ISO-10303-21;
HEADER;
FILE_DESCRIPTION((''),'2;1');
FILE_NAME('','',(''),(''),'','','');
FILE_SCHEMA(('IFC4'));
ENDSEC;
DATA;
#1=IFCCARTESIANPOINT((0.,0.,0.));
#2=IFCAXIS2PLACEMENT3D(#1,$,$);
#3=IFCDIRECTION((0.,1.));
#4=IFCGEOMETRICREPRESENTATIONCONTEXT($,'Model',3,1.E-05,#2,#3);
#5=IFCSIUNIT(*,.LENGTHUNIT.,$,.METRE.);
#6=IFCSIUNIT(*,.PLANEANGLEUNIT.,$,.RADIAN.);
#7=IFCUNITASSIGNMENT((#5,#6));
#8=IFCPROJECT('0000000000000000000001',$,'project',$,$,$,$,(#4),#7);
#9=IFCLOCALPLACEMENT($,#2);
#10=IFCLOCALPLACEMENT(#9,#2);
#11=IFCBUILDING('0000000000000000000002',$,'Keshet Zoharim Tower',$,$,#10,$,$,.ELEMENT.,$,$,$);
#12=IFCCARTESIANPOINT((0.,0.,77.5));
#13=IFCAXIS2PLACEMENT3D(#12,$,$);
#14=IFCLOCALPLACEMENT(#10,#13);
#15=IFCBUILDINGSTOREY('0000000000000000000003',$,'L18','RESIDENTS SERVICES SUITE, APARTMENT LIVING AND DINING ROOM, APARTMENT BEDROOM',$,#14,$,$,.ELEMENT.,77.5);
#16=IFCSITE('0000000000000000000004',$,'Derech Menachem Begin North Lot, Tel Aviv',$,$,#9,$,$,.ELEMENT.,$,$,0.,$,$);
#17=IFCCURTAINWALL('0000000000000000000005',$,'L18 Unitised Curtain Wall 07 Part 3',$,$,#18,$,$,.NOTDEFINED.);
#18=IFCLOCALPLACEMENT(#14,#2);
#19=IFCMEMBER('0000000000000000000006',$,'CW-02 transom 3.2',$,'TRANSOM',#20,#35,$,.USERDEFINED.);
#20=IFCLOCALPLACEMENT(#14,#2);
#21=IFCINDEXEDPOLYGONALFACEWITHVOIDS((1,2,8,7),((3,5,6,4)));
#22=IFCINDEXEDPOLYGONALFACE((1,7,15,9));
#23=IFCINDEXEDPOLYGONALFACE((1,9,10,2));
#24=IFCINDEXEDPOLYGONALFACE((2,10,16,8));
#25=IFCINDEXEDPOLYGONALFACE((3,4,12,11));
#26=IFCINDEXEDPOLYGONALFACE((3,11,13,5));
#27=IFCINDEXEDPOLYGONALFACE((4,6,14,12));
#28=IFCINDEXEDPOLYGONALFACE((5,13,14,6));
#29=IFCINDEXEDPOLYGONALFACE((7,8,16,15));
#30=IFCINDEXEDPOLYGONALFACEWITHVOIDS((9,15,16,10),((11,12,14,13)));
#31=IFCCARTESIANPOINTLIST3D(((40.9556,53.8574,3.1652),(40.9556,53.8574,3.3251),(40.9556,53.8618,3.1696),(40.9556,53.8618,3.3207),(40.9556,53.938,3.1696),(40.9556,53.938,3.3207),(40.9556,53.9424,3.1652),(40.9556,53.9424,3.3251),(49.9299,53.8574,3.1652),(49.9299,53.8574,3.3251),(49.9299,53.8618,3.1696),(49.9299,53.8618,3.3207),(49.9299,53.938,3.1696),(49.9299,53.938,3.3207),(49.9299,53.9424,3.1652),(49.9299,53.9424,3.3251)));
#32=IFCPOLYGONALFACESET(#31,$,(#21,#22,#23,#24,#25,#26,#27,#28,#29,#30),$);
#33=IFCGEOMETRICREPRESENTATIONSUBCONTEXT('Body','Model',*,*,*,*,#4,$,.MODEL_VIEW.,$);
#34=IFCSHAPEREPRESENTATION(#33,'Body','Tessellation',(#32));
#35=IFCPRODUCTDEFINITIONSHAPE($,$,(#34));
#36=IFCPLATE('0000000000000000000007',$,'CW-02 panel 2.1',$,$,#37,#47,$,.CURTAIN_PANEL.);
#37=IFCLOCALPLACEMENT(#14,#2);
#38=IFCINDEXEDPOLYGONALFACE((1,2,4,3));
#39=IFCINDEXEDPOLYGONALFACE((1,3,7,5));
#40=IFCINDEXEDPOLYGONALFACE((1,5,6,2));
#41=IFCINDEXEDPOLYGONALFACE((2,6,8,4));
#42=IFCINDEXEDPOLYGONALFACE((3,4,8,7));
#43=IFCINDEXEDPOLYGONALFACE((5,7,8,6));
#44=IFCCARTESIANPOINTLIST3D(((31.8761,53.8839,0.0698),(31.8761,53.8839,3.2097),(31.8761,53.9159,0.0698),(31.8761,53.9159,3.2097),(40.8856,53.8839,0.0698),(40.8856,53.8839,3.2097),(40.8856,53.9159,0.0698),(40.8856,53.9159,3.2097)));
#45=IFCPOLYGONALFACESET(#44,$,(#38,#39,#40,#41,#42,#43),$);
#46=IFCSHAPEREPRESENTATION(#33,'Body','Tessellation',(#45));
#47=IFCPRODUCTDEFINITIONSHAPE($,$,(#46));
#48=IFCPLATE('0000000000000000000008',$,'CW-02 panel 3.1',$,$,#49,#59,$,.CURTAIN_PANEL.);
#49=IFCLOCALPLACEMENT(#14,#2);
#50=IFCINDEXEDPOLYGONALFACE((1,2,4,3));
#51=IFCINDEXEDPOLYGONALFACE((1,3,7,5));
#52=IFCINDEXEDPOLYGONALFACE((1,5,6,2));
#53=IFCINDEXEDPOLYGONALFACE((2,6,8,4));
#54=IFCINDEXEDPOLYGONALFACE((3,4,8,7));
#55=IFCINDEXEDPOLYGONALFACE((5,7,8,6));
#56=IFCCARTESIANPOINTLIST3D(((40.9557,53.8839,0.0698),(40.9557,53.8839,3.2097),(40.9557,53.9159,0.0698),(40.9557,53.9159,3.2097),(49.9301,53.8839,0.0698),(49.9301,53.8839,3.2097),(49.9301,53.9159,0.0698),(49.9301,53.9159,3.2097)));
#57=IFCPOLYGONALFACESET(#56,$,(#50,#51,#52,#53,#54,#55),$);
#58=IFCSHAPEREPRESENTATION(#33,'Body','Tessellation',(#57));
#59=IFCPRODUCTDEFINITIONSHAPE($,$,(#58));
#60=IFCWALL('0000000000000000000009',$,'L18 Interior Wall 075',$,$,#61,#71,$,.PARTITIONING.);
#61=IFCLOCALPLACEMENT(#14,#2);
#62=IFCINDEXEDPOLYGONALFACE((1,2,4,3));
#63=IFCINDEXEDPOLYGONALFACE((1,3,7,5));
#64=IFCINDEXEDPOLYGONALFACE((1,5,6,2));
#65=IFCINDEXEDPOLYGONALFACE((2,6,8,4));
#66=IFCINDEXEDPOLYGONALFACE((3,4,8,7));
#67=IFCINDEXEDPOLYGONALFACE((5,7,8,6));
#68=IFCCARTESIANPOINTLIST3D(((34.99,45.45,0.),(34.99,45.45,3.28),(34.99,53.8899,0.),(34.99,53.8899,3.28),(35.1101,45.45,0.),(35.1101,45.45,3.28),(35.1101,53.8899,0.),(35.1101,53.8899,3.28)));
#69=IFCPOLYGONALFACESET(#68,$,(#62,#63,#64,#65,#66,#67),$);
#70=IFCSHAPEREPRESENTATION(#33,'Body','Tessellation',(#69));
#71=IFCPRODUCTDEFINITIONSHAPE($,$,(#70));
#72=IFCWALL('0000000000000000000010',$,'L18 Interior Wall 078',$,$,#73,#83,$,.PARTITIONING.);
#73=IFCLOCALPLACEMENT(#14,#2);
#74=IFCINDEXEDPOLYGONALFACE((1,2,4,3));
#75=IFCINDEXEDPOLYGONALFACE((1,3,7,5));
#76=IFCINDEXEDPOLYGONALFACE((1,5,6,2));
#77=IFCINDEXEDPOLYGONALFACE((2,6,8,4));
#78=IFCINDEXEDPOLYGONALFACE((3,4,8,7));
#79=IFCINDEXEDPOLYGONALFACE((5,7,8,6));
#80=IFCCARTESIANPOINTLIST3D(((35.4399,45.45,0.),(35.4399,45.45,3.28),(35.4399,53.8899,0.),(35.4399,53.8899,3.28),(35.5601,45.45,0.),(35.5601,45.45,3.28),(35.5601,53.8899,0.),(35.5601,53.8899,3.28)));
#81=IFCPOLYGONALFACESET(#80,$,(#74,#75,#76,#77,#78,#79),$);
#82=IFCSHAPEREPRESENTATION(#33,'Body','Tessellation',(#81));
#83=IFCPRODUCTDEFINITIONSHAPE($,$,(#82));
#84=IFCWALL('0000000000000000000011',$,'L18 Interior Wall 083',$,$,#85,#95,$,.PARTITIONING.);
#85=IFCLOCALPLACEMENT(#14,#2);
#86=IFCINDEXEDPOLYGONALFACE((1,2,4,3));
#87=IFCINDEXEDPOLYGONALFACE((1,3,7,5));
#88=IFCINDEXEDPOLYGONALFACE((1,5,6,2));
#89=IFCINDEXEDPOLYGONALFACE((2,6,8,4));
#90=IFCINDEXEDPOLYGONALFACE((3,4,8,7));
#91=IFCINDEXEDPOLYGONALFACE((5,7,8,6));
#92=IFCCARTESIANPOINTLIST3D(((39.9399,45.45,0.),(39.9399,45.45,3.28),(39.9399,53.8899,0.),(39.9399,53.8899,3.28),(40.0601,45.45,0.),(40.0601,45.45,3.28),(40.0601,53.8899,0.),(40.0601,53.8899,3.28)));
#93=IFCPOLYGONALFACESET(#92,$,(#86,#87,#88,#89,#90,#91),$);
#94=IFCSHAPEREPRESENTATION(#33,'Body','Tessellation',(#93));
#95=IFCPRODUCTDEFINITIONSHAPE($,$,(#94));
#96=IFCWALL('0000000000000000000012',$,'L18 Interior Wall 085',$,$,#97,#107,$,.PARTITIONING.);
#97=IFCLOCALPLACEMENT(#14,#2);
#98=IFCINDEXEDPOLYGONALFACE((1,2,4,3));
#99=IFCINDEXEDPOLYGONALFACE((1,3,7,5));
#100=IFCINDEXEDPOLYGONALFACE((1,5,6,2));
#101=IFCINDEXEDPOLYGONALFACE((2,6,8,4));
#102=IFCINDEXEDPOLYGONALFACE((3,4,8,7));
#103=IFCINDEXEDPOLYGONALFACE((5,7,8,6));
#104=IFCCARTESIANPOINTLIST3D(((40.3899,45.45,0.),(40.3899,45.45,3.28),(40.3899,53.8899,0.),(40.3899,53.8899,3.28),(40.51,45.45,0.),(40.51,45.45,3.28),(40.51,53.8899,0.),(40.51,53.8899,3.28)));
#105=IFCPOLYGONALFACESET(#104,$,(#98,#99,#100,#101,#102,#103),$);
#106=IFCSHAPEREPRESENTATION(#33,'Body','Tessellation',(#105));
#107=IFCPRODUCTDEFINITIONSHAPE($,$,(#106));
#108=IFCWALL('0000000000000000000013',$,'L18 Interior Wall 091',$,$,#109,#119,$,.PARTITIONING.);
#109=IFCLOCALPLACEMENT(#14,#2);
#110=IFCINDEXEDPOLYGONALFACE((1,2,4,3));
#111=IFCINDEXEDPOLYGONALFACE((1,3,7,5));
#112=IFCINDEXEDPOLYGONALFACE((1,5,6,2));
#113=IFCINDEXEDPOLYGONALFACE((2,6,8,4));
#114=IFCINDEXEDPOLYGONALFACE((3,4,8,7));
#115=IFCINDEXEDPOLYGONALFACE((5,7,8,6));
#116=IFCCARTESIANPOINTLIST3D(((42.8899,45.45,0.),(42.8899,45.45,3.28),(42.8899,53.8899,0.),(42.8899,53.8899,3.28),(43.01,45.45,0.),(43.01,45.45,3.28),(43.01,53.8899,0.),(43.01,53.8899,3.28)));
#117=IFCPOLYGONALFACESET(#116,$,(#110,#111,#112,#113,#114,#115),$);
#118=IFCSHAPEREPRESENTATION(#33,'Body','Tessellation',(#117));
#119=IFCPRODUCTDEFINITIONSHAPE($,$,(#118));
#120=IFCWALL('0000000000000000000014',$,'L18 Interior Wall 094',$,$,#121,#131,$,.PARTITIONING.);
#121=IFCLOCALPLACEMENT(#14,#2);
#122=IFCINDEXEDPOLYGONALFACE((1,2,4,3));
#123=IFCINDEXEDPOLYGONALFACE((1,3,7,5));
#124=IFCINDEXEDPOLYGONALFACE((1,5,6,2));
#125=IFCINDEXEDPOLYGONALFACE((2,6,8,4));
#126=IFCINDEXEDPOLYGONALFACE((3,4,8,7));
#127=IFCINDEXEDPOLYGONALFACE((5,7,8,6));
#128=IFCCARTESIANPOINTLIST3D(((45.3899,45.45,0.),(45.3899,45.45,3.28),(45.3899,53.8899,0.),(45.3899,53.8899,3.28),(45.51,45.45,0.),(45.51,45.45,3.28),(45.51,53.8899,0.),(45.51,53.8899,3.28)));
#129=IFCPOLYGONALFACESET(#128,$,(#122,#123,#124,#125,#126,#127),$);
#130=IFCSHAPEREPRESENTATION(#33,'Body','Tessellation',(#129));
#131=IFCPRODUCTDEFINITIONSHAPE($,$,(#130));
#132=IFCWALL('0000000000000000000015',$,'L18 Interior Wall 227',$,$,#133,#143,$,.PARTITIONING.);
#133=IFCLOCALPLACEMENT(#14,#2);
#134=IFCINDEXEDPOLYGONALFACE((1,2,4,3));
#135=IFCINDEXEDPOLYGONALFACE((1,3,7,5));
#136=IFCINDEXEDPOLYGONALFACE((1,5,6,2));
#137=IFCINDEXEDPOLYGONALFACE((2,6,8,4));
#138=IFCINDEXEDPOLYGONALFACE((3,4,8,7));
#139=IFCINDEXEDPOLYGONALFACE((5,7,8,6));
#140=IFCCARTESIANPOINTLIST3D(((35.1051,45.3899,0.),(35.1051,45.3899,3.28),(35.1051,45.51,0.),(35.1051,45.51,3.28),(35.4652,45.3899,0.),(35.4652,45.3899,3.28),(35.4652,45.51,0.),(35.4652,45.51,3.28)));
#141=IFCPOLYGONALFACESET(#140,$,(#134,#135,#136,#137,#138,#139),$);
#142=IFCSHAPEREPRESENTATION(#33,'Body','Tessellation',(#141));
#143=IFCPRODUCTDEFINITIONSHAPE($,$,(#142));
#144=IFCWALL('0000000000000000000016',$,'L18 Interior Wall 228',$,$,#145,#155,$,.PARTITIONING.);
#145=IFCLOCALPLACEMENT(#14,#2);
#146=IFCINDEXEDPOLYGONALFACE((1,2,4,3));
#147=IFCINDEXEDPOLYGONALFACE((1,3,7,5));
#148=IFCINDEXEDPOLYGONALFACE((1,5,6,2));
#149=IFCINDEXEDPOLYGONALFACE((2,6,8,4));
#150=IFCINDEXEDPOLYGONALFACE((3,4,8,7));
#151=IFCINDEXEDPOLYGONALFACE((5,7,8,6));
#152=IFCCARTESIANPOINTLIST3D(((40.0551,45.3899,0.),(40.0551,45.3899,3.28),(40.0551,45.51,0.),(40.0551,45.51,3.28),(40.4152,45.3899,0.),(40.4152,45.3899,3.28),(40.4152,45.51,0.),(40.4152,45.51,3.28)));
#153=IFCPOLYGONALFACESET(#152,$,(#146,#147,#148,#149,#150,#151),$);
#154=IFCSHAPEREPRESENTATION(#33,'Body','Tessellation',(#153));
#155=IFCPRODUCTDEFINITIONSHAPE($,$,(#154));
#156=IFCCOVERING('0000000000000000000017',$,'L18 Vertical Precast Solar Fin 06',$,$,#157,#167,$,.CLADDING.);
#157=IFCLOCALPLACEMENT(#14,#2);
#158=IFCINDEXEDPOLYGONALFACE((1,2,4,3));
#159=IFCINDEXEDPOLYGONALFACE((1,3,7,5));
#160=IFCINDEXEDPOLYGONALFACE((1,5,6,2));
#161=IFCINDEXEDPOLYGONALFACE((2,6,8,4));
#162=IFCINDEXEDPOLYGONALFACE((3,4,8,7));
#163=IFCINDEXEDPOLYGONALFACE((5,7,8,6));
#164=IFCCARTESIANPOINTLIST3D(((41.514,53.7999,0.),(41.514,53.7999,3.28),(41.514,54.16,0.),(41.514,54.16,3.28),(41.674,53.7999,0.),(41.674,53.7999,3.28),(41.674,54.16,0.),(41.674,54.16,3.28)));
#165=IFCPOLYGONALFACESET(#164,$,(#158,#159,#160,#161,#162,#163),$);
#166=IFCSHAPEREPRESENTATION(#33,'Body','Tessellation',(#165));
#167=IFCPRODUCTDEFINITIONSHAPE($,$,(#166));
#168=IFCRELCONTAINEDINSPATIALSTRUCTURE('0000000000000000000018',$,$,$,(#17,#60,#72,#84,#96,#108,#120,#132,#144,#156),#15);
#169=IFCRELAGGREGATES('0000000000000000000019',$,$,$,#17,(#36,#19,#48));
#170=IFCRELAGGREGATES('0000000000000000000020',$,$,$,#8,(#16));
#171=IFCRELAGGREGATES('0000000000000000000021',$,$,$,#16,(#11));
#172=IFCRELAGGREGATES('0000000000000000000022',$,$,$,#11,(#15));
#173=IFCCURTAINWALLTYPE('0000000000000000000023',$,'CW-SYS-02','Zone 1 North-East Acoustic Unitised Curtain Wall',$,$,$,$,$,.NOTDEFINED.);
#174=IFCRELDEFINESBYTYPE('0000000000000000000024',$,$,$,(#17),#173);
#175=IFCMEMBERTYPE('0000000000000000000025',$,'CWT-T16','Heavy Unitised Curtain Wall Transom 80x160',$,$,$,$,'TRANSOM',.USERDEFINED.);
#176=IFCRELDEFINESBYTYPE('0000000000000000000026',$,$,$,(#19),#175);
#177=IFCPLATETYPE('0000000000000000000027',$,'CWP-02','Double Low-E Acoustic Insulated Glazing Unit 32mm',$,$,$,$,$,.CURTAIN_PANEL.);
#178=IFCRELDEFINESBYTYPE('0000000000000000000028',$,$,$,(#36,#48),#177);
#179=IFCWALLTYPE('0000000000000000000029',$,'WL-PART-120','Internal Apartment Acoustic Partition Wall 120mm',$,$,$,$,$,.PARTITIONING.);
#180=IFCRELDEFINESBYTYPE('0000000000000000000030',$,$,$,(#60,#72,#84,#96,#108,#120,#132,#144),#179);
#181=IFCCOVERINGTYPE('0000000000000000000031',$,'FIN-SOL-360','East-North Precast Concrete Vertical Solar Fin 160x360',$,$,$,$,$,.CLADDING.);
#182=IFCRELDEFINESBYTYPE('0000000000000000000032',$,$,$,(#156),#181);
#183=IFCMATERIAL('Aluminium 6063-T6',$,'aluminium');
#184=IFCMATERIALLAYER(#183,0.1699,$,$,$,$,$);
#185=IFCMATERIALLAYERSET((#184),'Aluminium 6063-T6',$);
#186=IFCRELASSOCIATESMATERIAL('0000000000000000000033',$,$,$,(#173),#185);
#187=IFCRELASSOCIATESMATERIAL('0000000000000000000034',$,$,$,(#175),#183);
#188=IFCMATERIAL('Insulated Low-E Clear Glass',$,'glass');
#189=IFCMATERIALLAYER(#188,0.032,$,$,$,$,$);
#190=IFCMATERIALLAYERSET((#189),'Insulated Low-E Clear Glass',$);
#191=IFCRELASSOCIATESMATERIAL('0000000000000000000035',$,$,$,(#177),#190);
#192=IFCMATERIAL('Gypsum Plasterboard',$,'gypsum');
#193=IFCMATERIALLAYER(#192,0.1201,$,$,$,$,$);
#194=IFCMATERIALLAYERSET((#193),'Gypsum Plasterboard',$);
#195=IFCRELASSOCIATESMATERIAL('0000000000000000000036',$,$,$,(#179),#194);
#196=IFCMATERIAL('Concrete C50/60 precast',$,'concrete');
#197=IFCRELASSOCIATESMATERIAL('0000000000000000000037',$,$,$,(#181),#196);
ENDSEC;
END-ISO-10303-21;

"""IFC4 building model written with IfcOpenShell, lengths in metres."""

from ifc_helpers import new_model, si_unit, direction, frame, frame_2d, origin, origin_2d, place, context, subcontext, project, spatial, rectangle, hollow_rectangle, extrude, material, layer, layer_set, material_profile, profile_set, type_object, element, aggregate, save


model = new_model("IFC4")

# Units and contexts
model_context = context("Model", 3, precision=1e-05, world=origin(), true_north=direction((0.0, 1.0)))
body_context = subcontext(model_context, "Body", "Model", "MODEL_VIEW")
ifc_project = project(units=[si_unit("LENGTHUNIT", "METRE"), si_unit("PLANEANGLEUNIT", "RADIAN")], contexts=[model_context])

# Site, building, storey
site_placement = place(None, origin())
site = spatial("IfcSite", under=ifc_project, at=site_placement, Name="Derech Menachem Begin North Lot, Tel Aviv", CompositionType="ELEMENT", RefElevation=0.0)
building_placement = place(site_placement, origin())
building = spatial("IfcBuilding", under=site, at=building_placement, Name="Keshet Zoharim Tower", CompositionType="ELEMENT")
storey_placement = place(building_placement, frame((0.0, 0.0, 77.5)))
storey = spatial("IfcBuildingStorey", under=building, at=storey_placement, Name="L18", Description="RESIDENTS SERVICES SUITE, APARTMENT LIVING AND DINING ROOM, APARTMENT BEDROOM", CompositionType="ELEMENT", Elevation=77.5)

# Curtain wall, member, plates
ifc_material_1 = material(Name="Aluminium 6063-T6", Category="aluminium")
ifc_layer_1 = layer(ifc_material_1, 0.1699)
ifc_layer_set_1 = layer_set([ifc_layer_1], Name="Aluminium 6063-T6")
curtain_wall_type = type_object("IfcCurtainWallType", Name="CW-SYS-02", Description="Zone 1 North-East Acoustic Unitised Curtain Wall", PredefinedType="NOTDEFINED", material=ifc_layer_set_1)
curtain_wall_placement = place(storey_placement, origin())
curtain_wall = element("IfcCurtainWall", 1, at=curtain_wall_placement, inside=storey, type_object=curtain_wall_type, Name="L18 Unitised Curtain Wall 07 Part 3", PredefinedType="NOTDEFINED")
ifc_material_profile_1 = material_profile(ifc_material_1, hollow_rectangle(XDim=0.085, YDim=0.1599, WallThickness=0.0044, at=origin_2d()), Name="TRN-85x160")
ifc_profile_set_1 = profile_set([ifc_material_profile_1], Name="Aluminium 6063-T6")
member_type_1 = type_object("IfcMemberType", Name="CWT-T16", Description="Heavy Unitised Curtain Wall Transom 80x160", ElementType="TRANSOM", PredefinedType="USERDEFINED", material=ifc_profile_set_1)
member_1_placement = place(storey_placement, frame((40.9556, 53.8999, 3.2451), z_axis=(1.0, 0.0, 0.0), x_axis=(0.0, 1.0, 0.0)))
member_1 = element("IfcMember", 2, at=member_1_placement, type_object=member_type_1, Name="CW-02 transom 3.2", ObjectType="TRANSOM", PredefinedType="USERDEFINED", context=body_context, shape_type="SweptSolid", body=[
    extrude(hollow_rectangle(XDim=0.085, YDim=0.1599, WallThickness=0.0044, at=origin_2d()), origin(), (0.0, 0.0, 1.0), 8.9744),
])
ifc_material_2 = material(Name="Insulated Low-E Clear Glass", Category="glass")
ifc_layer_2 = layer(ifc_material_2, 0.032)
ifc_layer_set_2 = layer_set([ifc_layer_2], Name="Insulated Low-E Clear Glass")
plate_type = type_object("IfcPlateType", Name="CWP-02", Description="Double Low-E Acoustic Insulated Glazing Unit 32mm", PredefinedType="CURTAIN_PANEL", material=ifc_layer_set_2)
plate_1_placement = place(storey_placement, frame((36.3809, 53.8999, 0.0698), z_axis=(0.0, 0.0, 1.0), x_axis=(1.0, 0.0, 0.0)))
plate_1 = element("IfcPlate", 3, at=plate_1_placement, type_object=plate_type, Name="CW-02 panel 2.1", PredefinedType="CURTAIN_PANEL", context=body_context, shape_type="SweptSolid", body=[
    extrude(rectangle(XDim=9.0095, YDim=0.032, at=origin_2d()), origin(), (0.0, 0.0, 1.0), 3.1399),
])
plate_2_placement = place(storey_placement, frame((45.4429, 53.8999, 0.0698), z_axis=(0.0, 0.0, 1.0), x_axis=(1.0, 0.0, 0.0)))
plate_2 = element("IfcPlate", 4, at=plate_2_placement, type_object=plate_type, Name="CW-02 panel 3.1", PredefinedType="CURTAIN_PANEL", context=body_context, shape_type="SweptSolid", body=[
    extrude(rectangle(XDim=8.9744, YDim=0.032, at=origin_2d()), origin(), (0.0, 0.0, 1.0), 3.1399),
])
aggregate(curtain_wall, [plate_1, member_1, plate_2])

# Walls
ifc_material_3 = material(Name="Gypsum Plasterboard", Category="gypsum")
ifc_layer_3 = layer(ifc_material_3, 0.1201)
ifc_layer_set_3 = layer_set([ifc_layer_3], Name="Gypsum Plasterboard")
wall_type = type_object("IfcWallType", Name="WL-PART-120", Description="Internal Apartment Acoustic Partition Wall 120mm", PredefinedType="PARTITIONING", material=ifc_layer_set_3)
for number, where, z_axis, x_axis, name in (
    (5, (35.05, 45.45, 0.0), (0.0, 0.0, 1.0), (0.0, 1.0, 0.0), "L18 Interior Wall 075"),
    (6, (35.5, 45.45, 0.0), (0.0, 0.0, 1.0), (0.0, 1.0, 0.0), "L18 Interior Wall 078"),
    (7, (40.0, 45.45, 0.0), (0.0, 0.0, 1.0), (0.0, 1.0, 0.0), "L18 Interior Wall 083"),
    (8, (40.45, 45.45, 0.0), (0.0, 0.0, 1.0), (0.0, 1.0, 0.0), "L18 Interior Wall 085"),
    (9, (42.95, 45.45, 0.0), (0.0, 0.0, 1.0), (0.0, 1.0, 0.0), "L18 Interior Wall 091"),
    (10, (45.45, 45.45, 0.0), (0.0, 0.0, 1.0), (0.0, 1.0, 0.0), "L18 Interior Wall 094"),
):
    element("IfcWall", number, at=place(storey_placement, frame(where, z_axis=z_axis, x_axis=x_axis)), inside=storey, type_object=wall_type, Name=name, PredefinedType="PARTITIONING", context=body_context, shape_type="SweptSolid", body=[
        extrude(rectangle(XDim=8.4399, YDim=0.1201, at=frame_2d((4.22, 0.0))), origin(), (0.0, 0.0, 1.0), 3.28),
    ])
for number, where, z_axis, x_axis, name in (
    (11, (35.105, 45.45, 0.0), (0.0, 0.0, 1.0), (1.0, 0.0, 0.0), "L18 Interior Wall 227"),
    (12, (40.0549, 45.45, 0.0), (0.0, 0.0, 1.0), (1.0, 0.0, 0.0), "L18 Interior Wall 228"),
):
    element("IfcWall", number, at=place(storey_placement, frame(where, z_axis=z_axis, x_axis=x_axis)), inside=storey, type_object=wall_type, Name=name, PredefinedType="PARTITIONING", context=body_context, shape_type="SweptSolid", body=[
        extrude(rectangle(XDim=0.3601, YDim=0.1201, at=frame_2d((0.1802, 0.0))), origin(), (0.0, 0.0, 1.0), 3.28),
    ])

# Covering
ifc_material_4 = material(Name="Concrete C50/60 precast", Category="concrete")
covering_type = type_object("IfcCoveringType", Name="FIN-SOL-360", Description="East-North Precast Concrete Vertical Solar Fin 160x360", PredefinedType="CLADDING", material=ifc_material_4)
covering_placement = place(storey_placement, frame((41.594, 53.98, 0.0), z_axis=(0.0, 0.0, 1.0), x_axis=(1.0, 0.0, 0.0)))
element("IfcCovering", 13, at=covering_placement, inside=storey, type_object=covering_type, Name="L18 Vertical Precast Solar Fin 06", PredefinedType="CLADDING", context=body_context, shape_type="SweptSolid", body=[
    extrude(rectangle(XDim=0.1599, YDim=0.3601, at=origin_2d()), origin(), (0.0, 0.0, 1.0), 3.28),
])

save(model, "model.ifc")
